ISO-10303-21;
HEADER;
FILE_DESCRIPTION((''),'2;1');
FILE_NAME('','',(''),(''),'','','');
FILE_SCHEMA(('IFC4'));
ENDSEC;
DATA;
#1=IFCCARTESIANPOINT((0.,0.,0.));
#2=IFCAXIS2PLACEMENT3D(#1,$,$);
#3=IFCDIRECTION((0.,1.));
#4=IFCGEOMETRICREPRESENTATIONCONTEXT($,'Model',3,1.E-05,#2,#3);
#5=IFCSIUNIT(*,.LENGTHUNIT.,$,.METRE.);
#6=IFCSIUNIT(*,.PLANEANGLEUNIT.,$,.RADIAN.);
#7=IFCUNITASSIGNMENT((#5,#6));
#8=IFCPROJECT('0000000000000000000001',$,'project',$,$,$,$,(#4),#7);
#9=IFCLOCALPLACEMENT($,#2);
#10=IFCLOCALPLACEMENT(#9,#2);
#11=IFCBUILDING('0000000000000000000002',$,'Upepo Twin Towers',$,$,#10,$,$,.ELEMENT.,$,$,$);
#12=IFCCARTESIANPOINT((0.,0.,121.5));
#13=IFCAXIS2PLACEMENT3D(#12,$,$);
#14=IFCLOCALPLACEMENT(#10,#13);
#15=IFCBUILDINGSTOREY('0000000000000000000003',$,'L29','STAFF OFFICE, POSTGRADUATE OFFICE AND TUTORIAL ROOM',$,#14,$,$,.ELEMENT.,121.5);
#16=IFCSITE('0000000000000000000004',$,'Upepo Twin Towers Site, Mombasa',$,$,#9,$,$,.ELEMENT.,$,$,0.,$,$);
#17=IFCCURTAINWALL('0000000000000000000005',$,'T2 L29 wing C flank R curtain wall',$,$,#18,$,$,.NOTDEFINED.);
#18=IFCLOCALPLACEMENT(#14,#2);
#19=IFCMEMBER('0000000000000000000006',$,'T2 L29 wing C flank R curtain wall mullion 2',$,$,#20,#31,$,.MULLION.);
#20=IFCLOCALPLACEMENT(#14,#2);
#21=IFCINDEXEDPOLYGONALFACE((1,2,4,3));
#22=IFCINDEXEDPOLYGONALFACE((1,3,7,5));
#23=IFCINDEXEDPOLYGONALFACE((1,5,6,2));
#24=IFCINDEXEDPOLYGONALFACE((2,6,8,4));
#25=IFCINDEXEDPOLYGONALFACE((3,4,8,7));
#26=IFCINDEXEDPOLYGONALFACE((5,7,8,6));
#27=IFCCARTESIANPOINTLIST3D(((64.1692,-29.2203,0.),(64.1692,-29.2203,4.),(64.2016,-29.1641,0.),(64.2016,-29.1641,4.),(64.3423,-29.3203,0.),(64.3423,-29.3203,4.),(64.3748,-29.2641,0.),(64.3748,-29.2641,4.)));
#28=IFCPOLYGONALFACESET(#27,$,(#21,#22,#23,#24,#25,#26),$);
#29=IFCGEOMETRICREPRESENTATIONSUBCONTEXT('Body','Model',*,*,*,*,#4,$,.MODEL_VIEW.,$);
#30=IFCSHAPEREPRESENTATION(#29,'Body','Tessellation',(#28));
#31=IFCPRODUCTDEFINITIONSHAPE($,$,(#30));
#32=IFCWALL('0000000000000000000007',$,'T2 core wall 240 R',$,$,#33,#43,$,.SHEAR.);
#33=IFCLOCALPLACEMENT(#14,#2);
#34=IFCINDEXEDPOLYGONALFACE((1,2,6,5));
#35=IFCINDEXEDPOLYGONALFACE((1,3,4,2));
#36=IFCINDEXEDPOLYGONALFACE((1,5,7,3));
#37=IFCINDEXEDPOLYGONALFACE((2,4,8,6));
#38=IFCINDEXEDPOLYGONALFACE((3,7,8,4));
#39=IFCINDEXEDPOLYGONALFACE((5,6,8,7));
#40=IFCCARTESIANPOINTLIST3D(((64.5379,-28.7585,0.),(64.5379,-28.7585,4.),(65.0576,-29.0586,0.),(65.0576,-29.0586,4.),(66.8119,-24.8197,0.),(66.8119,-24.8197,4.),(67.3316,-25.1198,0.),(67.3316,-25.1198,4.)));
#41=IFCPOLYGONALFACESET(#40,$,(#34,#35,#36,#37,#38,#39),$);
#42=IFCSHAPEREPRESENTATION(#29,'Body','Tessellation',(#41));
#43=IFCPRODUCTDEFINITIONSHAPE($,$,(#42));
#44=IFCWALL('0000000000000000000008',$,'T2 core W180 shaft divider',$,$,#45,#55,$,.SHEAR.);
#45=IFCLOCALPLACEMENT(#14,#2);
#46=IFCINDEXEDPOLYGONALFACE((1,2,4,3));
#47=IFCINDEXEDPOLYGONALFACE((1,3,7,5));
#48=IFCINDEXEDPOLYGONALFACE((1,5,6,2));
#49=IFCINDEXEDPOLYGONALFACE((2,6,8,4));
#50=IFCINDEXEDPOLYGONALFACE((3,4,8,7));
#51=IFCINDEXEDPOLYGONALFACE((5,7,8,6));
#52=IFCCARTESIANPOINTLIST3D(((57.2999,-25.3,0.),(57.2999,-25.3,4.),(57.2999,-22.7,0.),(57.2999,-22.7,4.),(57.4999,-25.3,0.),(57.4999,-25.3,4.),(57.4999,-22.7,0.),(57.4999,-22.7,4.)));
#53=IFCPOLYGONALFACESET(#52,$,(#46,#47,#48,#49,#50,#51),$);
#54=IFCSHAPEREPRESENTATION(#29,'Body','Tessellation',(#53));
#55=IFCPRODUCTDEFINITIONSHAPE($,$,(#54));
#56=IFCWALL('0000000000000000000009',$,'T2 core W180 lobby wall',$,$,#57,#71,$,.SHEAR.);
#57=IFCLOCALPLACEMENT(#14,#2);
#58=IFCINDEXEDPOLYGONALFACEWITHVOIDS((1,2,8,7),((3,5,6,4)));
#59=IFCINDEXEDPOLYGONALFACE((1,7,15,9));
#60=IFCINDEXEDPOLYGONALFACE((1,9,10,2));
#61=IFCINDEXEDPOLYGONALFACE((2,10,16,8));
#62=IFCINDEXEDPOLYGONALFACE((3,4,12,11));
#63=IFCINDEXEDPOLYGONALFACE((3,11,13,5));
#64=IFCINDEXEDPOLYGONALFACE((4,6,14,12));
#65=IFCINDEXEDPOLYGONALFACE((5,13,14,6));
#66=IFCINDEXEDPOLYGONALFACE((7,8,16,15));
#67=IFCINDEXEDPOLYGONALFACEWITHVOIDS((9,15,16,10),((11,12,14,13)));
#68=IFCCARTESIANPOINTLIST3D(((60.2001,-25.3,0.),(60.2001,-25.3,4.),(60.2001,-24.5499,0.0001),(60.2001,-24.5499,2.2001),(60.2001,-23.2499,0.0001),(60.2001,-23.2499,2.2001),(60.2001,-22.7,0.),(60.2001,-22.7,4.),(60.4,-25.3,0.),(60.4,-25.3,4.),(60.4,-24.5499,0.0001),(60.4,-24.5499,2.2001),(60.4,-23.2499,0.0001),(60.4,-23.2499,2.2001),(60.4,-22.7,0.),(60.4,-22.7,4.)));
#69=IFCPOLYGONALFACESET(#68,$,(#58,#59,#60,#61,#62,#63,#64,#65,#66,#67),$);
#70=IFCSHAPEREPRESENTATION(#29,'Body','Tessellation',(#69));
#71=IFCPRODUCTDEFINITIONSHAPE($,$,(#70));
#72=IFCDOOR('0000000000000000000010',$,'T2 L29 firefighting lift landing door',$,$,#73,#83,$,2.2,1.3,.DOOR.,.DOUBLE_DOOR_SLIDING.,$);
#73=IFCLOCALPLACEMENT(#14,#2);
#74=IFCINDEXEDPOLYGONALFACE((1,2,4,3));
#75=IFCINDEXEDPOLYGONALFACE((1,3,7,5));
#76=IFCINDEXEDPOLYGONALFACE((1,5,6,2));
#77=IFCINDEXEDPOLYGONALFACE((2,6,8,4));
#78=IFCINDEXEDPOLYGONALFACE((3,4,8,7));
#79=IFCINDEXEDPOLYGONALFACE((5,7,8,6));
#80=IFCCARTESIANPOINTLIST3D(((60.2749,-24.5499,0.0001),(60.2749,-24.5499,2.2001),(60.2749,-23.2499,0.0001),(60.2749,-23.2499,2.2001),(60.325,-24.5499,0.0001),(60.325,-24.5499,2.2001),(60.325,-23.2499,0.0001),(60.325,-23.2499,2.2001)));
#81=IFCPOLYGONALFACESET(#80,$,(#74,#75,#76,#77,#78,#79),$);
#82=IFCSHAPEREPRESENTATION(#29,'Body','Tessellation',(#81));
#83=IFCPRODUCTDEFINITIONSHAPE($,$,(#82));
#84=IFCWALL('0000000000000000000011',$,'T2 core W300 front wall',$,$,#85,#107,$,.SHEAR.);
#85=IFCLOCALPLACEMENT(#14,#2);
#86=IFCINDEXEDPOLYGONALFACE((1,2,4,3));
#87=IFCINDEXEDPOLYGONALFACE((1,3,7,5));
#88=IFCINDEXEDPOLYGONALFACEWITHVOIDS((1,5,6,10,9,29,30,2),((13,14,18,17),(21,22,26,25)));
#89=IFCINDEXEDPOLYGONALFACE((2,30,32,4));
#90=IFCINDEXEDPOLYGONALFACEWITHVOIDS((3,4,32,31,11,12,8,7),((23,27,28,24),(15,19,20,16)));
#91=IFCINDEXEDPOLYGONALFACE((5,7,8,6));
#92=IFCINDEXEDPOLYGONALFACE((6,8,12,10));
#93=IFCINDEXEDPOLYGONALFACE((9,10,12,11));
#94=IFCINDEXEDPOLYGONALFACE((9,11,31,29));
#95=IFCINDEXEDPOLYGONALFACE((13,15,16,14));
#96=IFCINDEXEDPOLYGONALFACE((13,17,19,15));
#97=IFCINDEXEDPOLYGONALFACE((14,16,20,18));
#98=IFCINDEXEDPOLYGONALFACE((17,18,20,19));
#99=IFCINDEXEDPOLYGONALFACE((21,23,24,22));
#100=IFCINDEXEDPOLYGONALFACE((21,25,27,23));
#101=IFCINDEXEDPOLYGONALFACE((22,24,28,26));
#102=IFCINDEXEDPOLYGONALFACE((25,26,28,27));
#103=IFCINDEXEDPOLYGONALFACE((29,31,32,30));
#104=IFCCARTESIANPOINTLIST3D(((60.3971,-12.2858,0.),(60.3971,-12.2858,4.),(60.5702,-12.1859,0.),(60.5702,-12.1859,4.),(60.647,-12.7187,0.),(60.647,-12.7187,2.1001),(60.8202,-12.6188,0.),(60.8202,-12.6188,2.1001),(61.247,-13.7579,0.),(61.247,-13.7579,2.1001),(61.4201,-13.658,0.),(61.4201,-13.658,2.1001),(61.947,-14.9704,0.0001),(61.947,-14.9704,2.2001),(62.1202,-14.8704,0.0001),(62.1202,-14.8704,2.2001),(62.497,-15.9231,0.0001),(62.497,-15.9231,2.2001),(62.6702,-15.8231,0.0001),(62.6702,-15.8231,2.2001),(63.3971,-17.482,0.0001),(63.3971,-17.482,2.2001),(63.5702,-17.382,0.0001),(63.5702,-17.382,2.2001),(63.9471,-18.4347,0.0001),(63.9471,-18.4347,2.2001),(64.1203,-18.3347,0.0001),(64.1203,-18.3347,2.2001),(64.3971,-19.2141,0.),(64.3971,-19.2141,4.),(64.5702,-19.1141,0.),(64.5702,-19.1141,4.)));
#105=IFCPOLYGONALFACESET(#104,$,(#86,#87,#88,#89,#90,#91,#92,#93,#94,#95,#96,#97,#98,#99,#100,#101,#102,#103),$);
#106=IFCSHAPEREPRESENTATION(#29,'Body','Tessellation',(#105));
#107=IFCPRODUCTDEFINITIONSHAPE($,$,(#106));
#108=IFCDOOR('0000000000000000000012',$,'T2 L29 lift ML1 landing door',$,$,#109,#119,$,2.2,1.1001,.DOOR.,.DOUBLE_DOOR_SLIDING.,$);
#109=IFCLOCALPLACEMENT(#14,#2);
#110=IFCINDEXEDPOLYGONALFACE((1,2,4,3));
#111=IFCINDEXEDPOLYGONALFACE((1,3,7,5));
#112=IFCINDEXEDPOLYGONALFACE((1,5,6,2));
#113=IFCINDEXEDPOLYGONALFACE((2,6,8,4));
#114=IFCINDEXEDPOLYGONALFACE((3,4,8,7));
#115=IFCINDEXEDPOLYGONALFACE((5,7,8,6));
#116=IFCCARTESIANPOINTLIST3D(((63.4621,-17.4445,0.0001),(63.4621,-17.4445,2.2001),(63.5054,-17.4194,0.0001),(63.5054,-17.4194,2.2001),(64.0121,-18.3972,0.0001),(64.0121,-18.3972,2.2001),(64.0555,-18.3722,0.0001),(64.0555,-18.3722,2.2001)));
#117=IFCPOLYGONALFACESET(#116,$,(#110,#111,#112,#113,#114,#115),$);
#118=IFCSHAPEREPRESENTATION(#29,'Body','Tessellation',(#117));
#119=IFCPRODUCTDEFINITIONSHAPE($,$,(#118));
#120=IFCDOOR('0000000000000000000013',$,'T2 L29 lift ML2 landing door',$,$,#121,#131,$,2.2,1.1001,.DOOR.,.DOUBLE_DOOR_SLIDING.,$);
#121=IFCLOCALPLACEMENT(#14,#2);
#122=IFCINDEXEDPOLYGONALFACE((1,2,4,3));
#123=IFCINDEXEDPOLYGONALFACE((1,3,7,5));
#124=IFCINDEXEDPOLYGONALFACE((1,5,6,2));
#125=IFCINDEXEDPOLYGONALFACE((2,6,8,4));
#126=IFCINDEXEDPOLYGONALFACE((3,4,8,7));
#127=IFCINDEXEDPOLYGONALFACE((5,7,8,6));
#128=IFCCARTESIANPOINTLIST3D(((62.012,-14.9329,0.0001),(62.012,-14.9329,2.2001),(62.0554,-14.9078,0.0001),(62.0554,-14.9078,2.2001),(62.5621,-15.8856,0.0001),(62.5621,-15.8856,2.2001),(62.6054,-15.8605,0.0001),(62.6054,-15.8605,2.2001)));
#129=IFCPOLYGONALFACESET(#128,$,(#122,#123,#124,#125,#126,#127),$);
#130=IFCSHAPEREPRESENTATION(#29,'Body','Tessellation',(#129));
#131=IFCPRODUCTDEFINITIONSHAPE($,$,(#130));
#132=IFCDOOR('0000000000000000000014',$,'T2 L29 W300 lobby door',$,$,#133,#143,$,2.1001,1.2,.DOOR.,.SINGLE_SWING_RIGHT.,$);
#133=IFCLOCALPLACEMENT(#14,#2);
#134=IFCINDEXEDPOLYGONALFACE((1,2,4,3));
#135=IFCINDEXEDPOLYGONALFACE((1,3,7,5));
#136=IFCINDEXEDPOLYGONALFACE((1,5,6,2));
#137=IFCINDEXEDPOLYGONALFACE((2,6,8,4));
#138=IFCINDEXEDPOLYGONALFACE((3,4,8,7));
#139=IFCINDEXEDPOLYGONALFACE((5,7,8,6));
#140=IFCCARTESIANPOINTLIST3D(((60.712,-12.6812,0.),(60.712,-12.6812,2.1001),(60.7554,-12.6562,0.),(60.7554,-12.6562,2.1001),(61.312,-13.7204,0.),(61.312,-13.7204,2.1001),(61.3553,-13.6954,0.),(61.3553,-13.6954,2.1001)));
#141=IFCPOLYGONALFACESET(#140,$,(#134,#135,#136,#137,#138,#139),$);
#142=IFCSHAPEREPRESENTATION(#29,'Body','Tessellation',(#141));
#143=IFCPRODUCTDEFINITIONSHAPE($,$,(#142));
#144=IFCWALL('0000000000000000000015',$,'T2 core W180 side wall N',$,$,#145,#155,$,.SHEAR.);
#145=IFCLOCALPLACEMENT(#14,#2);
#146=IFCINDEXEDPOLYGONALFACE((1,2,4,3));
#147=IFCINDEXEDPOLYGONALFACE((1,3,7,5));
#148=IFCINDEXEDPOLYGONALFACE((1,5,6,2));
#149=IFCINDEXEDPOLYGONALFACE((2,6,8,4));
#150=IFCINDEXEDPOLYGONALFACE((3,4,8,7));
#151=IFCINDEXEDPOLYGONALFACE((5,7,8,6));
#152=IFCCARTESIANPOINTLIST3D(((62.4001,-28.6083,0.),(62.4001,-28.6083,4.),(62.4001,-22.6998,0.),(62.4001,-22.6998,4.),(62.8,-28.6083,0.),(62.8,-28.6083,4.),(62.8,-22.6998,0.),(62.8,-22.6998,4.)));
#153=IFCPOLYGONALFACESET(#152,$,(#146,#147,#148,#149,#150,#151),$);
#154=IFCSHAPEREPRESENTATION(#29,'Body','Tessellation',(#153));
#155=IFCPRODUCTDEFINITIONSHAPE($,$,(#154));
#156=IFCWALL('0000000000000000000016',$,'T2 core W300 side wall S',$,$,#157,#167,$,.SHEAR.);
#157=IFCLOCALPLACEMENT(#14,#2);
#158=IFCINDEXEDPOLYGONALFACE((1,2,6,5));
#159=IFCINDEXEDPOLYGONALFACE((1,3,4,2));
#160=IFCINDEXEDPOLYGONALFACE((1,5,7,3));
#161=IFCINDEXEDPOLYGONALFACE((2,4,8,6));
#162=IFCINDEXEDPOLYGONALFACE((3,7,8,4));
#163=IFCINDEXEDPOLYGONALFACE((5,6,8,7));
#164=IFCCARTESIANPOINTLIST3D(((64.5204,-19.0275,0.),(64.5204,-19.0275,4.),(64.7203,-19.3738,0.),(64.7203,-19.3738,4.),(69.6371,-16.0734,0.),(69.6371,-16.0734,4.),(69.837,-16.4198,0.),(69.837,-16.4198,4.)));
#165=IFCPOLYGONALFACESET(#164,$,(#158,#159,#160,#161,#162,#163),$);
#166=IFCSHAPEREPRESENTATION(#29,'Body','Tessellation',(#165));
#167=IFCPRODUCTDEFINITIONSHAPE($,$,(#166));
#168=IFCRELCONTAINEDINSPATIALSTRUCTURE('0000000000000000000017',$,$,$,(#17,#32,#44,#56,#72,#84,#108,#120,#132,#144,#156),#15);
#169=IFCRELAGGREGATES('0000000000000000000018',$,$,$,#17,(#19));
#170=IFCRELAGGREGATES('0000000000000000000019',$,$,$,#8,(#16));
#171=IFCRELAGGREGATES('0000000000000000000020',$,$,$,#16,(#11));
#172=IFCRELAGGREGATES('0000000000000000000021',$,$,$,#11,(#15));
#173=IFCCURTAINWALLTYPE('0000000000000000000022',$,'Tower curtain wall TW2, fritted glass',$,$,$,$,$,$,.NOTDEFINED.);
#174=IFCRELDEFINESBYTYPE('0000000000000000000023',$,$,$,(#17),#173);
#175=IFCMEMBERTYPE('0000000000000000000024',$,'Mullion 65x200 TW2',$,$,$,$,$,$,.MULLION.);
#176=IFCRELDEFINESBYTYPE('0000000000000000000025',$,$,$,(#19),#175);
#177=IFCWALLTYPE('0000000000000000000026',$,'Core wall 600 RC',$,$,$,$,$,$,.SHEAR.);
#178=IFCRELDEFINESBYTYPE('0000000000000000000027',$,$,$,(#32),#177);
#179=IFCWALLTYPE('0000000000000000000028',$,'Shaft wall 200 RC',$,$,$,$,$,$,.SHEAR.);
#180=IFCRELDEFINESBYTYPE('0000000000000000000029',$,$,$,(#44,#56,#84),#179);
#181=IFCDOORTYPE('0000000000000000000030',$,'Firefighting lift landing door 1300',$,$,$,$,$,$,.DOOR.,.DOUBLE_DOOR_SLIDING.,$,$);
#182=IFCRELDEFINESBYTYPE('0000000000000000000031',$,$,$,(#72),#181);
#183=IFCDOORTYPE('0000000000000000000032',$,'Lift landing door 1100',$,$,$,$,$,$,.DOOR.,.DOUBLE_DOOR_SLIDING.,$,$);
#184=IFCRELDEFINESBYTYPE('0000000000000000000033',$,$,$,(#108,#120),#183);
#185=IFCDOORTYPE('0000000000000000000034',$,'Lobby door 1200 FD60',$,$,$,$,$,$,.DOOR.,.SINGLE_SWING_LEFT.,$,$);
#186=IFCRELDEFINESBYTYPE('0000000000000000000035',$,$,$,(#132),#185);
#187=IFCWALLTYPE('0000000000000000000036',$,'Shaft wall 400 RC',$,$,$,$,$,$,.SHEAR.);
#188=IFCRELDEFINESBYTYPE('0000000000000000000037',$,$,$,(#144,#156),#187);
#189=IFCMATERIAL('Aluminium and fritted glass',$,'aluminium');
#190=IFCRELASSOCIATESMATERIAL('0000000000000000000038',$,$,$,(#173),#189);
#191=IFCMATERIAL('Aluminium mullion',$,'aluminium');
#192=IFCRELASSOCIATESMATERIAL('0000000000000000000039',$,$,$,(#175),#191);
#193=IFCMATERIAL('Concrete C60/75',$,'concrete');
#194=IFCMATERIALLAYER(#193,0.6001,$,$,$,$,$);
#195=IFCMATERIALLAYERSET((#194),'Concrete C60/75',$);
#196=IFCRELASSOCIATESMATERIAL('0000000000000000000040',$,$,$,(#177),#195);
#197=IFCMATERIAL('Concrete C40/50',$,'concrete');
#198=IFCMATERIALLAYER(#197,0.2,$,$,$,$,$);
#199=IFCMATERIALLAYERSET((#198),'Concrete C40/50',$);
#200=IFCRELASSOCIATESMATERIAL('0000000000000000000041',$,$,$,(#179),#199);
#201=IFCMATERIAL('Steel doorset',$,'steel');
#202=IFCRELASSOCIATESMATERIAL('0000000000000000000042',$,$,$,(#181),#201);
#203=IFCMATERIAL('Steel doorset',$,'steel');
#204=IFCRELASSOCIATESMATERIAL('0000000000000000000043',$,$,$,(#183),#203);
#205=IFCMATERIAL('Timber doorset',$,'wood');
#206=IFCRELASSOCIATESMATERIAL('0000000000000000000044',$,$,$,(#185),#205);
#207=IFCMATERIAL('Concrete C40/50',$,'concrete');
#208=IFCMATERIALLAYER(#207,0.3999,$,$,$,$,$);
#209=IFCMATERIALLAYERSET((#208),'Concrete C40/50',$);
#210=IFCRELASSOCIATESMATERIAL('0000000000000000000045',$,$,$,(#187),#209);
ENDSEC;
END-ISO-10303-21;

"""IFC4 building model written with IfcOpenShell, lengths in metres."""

from ifc_helpers import new_model, si_unit, direction, frame, frame_2d, origin, origin_2d, place, context, subcontext, project, spatial, rectangle, extrude, material, layer, layer_set, material_profile, profile_set, type_object, element, fill, aggregate, save


model = new_model("IFC4")

# Units and contexts
model_context = context("Model", 3, precision=1e-05, world=origin(), true_north=direction((0.0, 1.0)))
body_context = subcontext(model_context, "Body", "Model", "MODEL_VIEW")
ifc_project = project(units=[si_unit("LENGTHUNIT", "METRE"), si_unit("PLANEANGLEUNIT", "RADIAN")], contexts=[model_context])

# Site, building, storey
site_placement = place(None, origin())
site = spatial("IfcSite", under=ifc_project, at=site_placement, Name="Upepo Twin Towers Site, Mombasa", CompositionType="ELEMENT", RefElevation=0.0)
building_placement = place(site_placement, origin())
building = spatial("IfcBuilding", under=site, at=building_placement, Name="Upepo Twin Towers", CompositionType="ELEMENT")
storey_placement = place(building_placement, frame((0.0, 0.0, 121.5)))
storey = spatial("IfcBuildingStorey", under=building, at=storey_placement, Name="L29", Description="STAFF OFFICE, POSTGRADUATE OFFICE AND TUTORIAL ROOM", CompositionType="ELEMENT", Elevation=121.5)

# Curtain wall, member
ifc_material_1 = material(Name="Aluminium and fritted glass", Category="aluminium")
curtain_wall_type = type_object("IfcCurtainWallType", Name="Tower curtain wall TW2, fritted glass", PredefinedType="NOTDEFINED", material=ifc_material_1)
curtain_wall_placement = place(storey_placement, origin())
curtain_wall = element("IfcCurtainWall", 1, at=curtain_wall_placement, inside=storey, type_object=curtain_wall_type, Name="T2 L29 wing C flank R curtain wall", PredefinedType="NOTDEFINED")
ifc_material_2 = material(Name="Aluminium mullion", Category="aluminium")
ifc_material_profile = material_profile(ifc_material_2, rectangle(XDim=0.0649, YDim=0.2, at=origin_2d()), Name="MULLION 65x200")
ifc_profile_set = profile_set([ifc_material_profile], Name="Aluminium mullion")
member_type = type_object("IfcMemberType", Name="Mullion 65x200 TW2", PredefinedType="MULLION", material=ifc_profile_set)
member_placement = place(storey_placement, frame((64.272, -29.2422, 0.0), z_axis=(0.0, 0.0, 1.0), x_axis=(-0.5, -0.866025, 0.0)))
member = element("IfcMember", 2, at=member_placement, type_object=member_type, Name="T2 L29 wing C flank R curtain wall mullion 2", PredefinedType="MULLION", context=body_context, shape_type="SweptSolid", body=[
    extrude(rectangle(XDim=0.0649, YDim=0.2, at=origin_2d()), origin(), (0.0, 0.0, 1.0), 4.0),
])
aggregate(curtain_wall, [member])

# Walls
ifc_material_3 = material(Name="Concrete C60/75", Category="concrete")
ifc_layer_1 = layer(ifc_material_3, 0.6001)
ifc_layer_set_1 = layer_set([ifc_layer_1], Name="Concrete C60/75")
wall_type_1 = type_object("IfcWallType", Name="Core wall 600 RC", PredefinedType="SHEAR", material=ifc_layer_set_1)
wall_1_placement = place(storey_placement, frame((64.7979, -28.9084, 0.0), z_axis=(0.0, 0.0, 1.0), x_axis=(0.499984, 0.866035, 0.0)))
element("IfcWall", 3, at=wall_1_placement, inside=storey, type_object=wall_type_1, Name="T2 core wall 240 R", PredefinedType="SHEAR", context=body_context, shape_type="SweptSolid", body=[
    extrude(rectangle(XDim=4.5481, YDim=0.6001, at=frame_2d((2.2739, 0.0))), origin(), (0.0, 0.0, 1.0), 4.0),
])
ifc_material_4 = material(Name="Concrete C40/50", Category="concrete")
ifc_layer_2 = layer(ifc_material_4, 0.2)
ifc_layer_set_2 = layer_set([ifc_layer_2], Name="Concrete C40/50")
wall_type_2 = type_object("IfcWallType", Name="Shaft wall 200 RC", PredefinedType="SHEAR", material=ifc_layer_set_2)
wall_2_placement = place(storey_placement, frame((57.3999, -22.7, 0.0), z_axis=(0.0, 0.0, 1.0), x_axis=(0.0, -1.0, 0.0)))
element("IfcWall", 4, at=wall_2_placement, inside=storey, type_object=wall_type_2, Name="T2 core W180 shaft divider", PredefinedType="SHEAR", context=body_context, shape_type="SweptSolid", body=[
    extrude(rectangle(XDim=2.6001, YDim=0.2, at=frame_2d((1.3, 0.0))), origin(), (0.0, 0.0, 1.0), 4.0),
])

# Wall, opening, door
wall_3_placement = place(storey_placement, frame((60.3, -22.7, 0.0), z_axis=(0.0, 0.0, 1.0), x_axis=(0.0, -1.0, 0.0)))
wall_3 = element("IfcWall", 5, at=wall_3_placement, inside=storey, type_object=wall_type_2, Name="T2 core W180 lobby wall", PredefinedType="SHEAR", context=body_context, shape_type="SweptSolid", body=[
    extrude(rectangle(XDim=2.6001, YDim=0.2, at=frame_2d((1.3, 0.0))), origin(), (0.0, 0.0, 1.0), 4.0),
])
opening_1_placement = place(wall_3_placement, frame((0.55, 0.0, 0.0)))
opening_1 = element("IfcOpeningElement", 6, at=opening_1_placement, cuts=wall_3, PredefinedType="OPENING", context=body_context, shape_type="SweptSolid", body=[
    extrude(rectangle(XDim=1.3, YDim=2.2, at=frame_2d((0.6499, 1.1001))), frame((0.0, 0.1099, 0.0), z_axis=(0.0, -1.0, 0.0), x_axis=(1.0, 0.0, 0.0)), (0.0, 0.0, 1.0), 0.22),
])
ifc_material_5 = material(Name="Steel doorset", Category="steel")
door_type_1 = type_object("IfcDoorType", Name="Firefighting lift landing door 1300", OperationType="DOUBLE_DOOR_SLIDING", PredefinedType="DOOR", material=ifc_material_5)
door_1_placement = place(opening_1_placement, origin())
door_1 = element("IfcDoor", 7, at=door_1_placement, inside=storey, type_object=door_type_1, Name="T2 L29 firefighting lift landing door", OperationType="DOUBLE_DOOR_SLIDING", OverallHeight=2.2, OverallWidth=1.3, PredefinedType="DOOR", context=body_context, shape_type="SweptSolid", body=[
    extrude(rectangle(XDim=1.3, YDim=2.2, at=frame_2d((0.6499, 1.1001))), frame((0.0, 0.0249, 0.0), z_axis=(0.0, -1.0, 0.0), x_axis=(1.0, 0.0, 0.0)), (0.0, 0.0, 1.0), 0.05),
])
fill(opening_1, door_1)

# Wall, openings, doors
wall_4_placement = place(storey_placement, frame((64.4836, -19.1641, 0.0), z_axis=(0.0, 0.0, 1.0), x_axis=(-0.499999, 0.866026, 0.0)))
wall_4 = element("IfcWall", 8, at=wall_4_placement, inside=storey, type_object=wall_type_2, Name="T2 core W300 front wall", PredefinedType="SHEAR", context=body_context, shape_type="SweptSolid", body=[
    extrude(rectangle(XDim=8.0, YDim=0.2, at=frame_2d((4.0, 0.0))), origin(), (0.0, 0.0, 1.0), 4.0),
])
opening_2_placement = place(wall_4_placement, frame((6.3, 0.0, 0.0)))
opening_2 = element("IfcOpeningElement", 9, at=opening_2_placement, cuts=wall_4, PredefinedType="OPENING", context=body_context, shape_type="SweptSolid", body=[
    extrude(rectangle(XDim=1.2, YDim=2.1001, at=frame_2d((0.6001, 1.05))), frame((0.0, 0.1099, 0.0), z_axis=(0.0, -1.0, 0.0), x_axis=(1.0, 0.0, 0.0)), (0.0, 0.0, 1.0), 0.22),
])
opening_3_placement = place(wall_4_placement, frame((0.8999, 0.0, 0.0)))
opening_3 = element("IfcOpeningElement", 10, at=opening_3_placement, cuts=wall_4, PredefinedType="OPENING", context=body_context, shape_type="SweptSolid", body=[
    extrude(rectangle(XDim=1.1001, YDim=2.2, at=frame_2d((0.55, 1.1001))), frame((0.0, 0.1099, 0.0), z_axis=(0.0, -1.0, 0.0), x_axis=(1.0, 0.0, 0.0)), (0.0, 0.0, 1.0), 0.22),
])
opening_4_placement = place(wall_4_placement, frame((3.8, 0.0, 0.0)))
opening_4 = element("IfcOpeningElement", 11, at=opening_4_placement, cuts=wall_4, PredefinedType="OPENING", context=body_context, shape_type="SweptSolid", body=[
    extrude(rectangle(XDim=1.1001, YDim=2.2, at=frame_2d((0.55, 1.1001))), frame((0.0, 0.1099, 0.0), z_axis=(0.0, -1.0, 0.0), x_axis=(1.0, 0.0, 0.0)), (0.0, 0.0, 1.0), 0.22),
])
ifc_material_6 = material(Name="Steel doorset", Category="steel")
door_type_2 = type_object("IfcDoorType", Name="Lift landing door 1100", OperationType="DOUBLE_DOOR_SLIDING", PredefinedType="DOOR", material=ifc_material_6)
door_2_placement = place(opening_3_placement, origin())
door_2 = element("IfcDoor", 12, at=door_2_placement, inside=storey, type_object=door_type_2, Name="T2 L29 lift ML1 landing door", OperationType="DOUBLE_DOOR_SLIDING", OverallHeight=2.2, OverallWidth=1.1001, PredefinedType="DOOR", context=body_context, shape_type="SweptSolid", body=[
    extrude(rectangle(XDim=1.1001, YDim=2.2, at=frame_2d((0.55, 1.1001))), frame((0.0, 0.0249, 0.0), z_axis=(0.0, -1.0, 0.0), x_axis=(1.0, 0.0, 0.0)), (0.0, 0.0, 1.0), 0.05),
])
fill(opening_3, door_2)
door_3_placement = place(opening_4_placement, origin())
door_3 = element("IfcDoor", 13, at=door_3_placement, inside=storey, type_object=door_type_2, Name="T2 L29 lift ML2 landing door", OperationType="DOUBLE_DOOR_SLIDING", OverallHeight=2.2, OverallWidth=1.1001, PredefinedType="DOOR", context=body_context, shape_type="SweptSolid", body=[
    extrude(rectangle(XDim=1.1001, YDim=2.2, at=frame_2d((0.55, 1.1001))), frame((0.0, 0.0249, 0.0), z_axis=(0.0, -1.0, 0.0), x_axis=(1.0, 0.0, 0.0)), (0.0, 0.0, 1.0), 0.05),
])
fill(opening_4, door_3)
ifc_material_7 = material(Name="Timber doorset", Category="wood")
door_type_3 = type_object("IfcDoorType", Name="Lobby door 1200 FD60", OperationType="SINGLE_SWING_LEFT", PredefinedType="DOOR", material=ifc_material_7)
door_4_placement = place(opening_2_placement, origin())
door_4 = element("IfcDoor", 14, at=door_4_placement, inside=storey, type_object=door_type_3, Name="T2 L29 W300 lobby door", OperationType="SINGLE_SWING_RIGHT", OverallHeight=2.1001, OverallWidth=1.2, PredefinedType="DOOR", context=body_context, shape_type="SweptSolid", body=[
    extrude(rectangle(XDim=1.2, YDim=2.1001, at=frame_2d((0.6001, 1.05))), frame((0.0, 0.0249, 0.0), z_axis=(0.0, -1.0, 0.0), x_axis=(1.0, 0.0, 0.0)), (0.0, 0.0, 1.0), 0.05),
])
fill(opening_2, door_4)

# Walls
ifc_material_8 = material(Name="Concrete C40/50", Category="concrete")
ifc_layer_3 = layer(ifc_material_8, 0.3999)
ifc_layer_set_3 = layer_set([ifc_layer_3], Name="Concrete C40/50")
wall_type_3 = type_object("IfcWallType", Name="Shaft wall 400 RC", PredefinedType="SHEAR", material=ifc_layer_set_3)
wall_5_placement = place(storey_placement, frame((62.6001, -22.7, 0.0), z_axis=(0.0, 0.0, 1.0), x_axis=(0.0, -1.0, 0.0)))
element("IfcWall", 15, at=wall_5_placement, inside=storey, type_object=wall_type_3, Name="T2 core W180 side wall N", PredefinedType="SHEAR", context=body_context, shape_type="SweptSolid", body=[
    extrude(rectangle(XDim=5.9084, YDim=0.3999, at=frame_2d((2.9541, 0.0))), origin(), (0.0, 0.0, 1.0), 4.0),
])
wall_6_placement = place(storey_placement, frame((64.6204, -19.2007, 0.0), z_axis=(0.0, 0.0, 1.0), x_axis=(0.866027, 0.499997, 0.0)))
element("IfcWall", 16, at=wall_6_placement, inside=storey, type_object=wall_type_3, Name="T2 core W300 side wall S", PredefinedType="SHEAR", context=body_context, shape_type="SweptSolid", body=[
    extrude(rectangle(XDim=5.9082, YDim=0.3999, at=frame_2d((2.9541, 0.0))), origin(), (0.0, 0.0, 1.0), 4.0),
])

save(model, "model.ifc")
